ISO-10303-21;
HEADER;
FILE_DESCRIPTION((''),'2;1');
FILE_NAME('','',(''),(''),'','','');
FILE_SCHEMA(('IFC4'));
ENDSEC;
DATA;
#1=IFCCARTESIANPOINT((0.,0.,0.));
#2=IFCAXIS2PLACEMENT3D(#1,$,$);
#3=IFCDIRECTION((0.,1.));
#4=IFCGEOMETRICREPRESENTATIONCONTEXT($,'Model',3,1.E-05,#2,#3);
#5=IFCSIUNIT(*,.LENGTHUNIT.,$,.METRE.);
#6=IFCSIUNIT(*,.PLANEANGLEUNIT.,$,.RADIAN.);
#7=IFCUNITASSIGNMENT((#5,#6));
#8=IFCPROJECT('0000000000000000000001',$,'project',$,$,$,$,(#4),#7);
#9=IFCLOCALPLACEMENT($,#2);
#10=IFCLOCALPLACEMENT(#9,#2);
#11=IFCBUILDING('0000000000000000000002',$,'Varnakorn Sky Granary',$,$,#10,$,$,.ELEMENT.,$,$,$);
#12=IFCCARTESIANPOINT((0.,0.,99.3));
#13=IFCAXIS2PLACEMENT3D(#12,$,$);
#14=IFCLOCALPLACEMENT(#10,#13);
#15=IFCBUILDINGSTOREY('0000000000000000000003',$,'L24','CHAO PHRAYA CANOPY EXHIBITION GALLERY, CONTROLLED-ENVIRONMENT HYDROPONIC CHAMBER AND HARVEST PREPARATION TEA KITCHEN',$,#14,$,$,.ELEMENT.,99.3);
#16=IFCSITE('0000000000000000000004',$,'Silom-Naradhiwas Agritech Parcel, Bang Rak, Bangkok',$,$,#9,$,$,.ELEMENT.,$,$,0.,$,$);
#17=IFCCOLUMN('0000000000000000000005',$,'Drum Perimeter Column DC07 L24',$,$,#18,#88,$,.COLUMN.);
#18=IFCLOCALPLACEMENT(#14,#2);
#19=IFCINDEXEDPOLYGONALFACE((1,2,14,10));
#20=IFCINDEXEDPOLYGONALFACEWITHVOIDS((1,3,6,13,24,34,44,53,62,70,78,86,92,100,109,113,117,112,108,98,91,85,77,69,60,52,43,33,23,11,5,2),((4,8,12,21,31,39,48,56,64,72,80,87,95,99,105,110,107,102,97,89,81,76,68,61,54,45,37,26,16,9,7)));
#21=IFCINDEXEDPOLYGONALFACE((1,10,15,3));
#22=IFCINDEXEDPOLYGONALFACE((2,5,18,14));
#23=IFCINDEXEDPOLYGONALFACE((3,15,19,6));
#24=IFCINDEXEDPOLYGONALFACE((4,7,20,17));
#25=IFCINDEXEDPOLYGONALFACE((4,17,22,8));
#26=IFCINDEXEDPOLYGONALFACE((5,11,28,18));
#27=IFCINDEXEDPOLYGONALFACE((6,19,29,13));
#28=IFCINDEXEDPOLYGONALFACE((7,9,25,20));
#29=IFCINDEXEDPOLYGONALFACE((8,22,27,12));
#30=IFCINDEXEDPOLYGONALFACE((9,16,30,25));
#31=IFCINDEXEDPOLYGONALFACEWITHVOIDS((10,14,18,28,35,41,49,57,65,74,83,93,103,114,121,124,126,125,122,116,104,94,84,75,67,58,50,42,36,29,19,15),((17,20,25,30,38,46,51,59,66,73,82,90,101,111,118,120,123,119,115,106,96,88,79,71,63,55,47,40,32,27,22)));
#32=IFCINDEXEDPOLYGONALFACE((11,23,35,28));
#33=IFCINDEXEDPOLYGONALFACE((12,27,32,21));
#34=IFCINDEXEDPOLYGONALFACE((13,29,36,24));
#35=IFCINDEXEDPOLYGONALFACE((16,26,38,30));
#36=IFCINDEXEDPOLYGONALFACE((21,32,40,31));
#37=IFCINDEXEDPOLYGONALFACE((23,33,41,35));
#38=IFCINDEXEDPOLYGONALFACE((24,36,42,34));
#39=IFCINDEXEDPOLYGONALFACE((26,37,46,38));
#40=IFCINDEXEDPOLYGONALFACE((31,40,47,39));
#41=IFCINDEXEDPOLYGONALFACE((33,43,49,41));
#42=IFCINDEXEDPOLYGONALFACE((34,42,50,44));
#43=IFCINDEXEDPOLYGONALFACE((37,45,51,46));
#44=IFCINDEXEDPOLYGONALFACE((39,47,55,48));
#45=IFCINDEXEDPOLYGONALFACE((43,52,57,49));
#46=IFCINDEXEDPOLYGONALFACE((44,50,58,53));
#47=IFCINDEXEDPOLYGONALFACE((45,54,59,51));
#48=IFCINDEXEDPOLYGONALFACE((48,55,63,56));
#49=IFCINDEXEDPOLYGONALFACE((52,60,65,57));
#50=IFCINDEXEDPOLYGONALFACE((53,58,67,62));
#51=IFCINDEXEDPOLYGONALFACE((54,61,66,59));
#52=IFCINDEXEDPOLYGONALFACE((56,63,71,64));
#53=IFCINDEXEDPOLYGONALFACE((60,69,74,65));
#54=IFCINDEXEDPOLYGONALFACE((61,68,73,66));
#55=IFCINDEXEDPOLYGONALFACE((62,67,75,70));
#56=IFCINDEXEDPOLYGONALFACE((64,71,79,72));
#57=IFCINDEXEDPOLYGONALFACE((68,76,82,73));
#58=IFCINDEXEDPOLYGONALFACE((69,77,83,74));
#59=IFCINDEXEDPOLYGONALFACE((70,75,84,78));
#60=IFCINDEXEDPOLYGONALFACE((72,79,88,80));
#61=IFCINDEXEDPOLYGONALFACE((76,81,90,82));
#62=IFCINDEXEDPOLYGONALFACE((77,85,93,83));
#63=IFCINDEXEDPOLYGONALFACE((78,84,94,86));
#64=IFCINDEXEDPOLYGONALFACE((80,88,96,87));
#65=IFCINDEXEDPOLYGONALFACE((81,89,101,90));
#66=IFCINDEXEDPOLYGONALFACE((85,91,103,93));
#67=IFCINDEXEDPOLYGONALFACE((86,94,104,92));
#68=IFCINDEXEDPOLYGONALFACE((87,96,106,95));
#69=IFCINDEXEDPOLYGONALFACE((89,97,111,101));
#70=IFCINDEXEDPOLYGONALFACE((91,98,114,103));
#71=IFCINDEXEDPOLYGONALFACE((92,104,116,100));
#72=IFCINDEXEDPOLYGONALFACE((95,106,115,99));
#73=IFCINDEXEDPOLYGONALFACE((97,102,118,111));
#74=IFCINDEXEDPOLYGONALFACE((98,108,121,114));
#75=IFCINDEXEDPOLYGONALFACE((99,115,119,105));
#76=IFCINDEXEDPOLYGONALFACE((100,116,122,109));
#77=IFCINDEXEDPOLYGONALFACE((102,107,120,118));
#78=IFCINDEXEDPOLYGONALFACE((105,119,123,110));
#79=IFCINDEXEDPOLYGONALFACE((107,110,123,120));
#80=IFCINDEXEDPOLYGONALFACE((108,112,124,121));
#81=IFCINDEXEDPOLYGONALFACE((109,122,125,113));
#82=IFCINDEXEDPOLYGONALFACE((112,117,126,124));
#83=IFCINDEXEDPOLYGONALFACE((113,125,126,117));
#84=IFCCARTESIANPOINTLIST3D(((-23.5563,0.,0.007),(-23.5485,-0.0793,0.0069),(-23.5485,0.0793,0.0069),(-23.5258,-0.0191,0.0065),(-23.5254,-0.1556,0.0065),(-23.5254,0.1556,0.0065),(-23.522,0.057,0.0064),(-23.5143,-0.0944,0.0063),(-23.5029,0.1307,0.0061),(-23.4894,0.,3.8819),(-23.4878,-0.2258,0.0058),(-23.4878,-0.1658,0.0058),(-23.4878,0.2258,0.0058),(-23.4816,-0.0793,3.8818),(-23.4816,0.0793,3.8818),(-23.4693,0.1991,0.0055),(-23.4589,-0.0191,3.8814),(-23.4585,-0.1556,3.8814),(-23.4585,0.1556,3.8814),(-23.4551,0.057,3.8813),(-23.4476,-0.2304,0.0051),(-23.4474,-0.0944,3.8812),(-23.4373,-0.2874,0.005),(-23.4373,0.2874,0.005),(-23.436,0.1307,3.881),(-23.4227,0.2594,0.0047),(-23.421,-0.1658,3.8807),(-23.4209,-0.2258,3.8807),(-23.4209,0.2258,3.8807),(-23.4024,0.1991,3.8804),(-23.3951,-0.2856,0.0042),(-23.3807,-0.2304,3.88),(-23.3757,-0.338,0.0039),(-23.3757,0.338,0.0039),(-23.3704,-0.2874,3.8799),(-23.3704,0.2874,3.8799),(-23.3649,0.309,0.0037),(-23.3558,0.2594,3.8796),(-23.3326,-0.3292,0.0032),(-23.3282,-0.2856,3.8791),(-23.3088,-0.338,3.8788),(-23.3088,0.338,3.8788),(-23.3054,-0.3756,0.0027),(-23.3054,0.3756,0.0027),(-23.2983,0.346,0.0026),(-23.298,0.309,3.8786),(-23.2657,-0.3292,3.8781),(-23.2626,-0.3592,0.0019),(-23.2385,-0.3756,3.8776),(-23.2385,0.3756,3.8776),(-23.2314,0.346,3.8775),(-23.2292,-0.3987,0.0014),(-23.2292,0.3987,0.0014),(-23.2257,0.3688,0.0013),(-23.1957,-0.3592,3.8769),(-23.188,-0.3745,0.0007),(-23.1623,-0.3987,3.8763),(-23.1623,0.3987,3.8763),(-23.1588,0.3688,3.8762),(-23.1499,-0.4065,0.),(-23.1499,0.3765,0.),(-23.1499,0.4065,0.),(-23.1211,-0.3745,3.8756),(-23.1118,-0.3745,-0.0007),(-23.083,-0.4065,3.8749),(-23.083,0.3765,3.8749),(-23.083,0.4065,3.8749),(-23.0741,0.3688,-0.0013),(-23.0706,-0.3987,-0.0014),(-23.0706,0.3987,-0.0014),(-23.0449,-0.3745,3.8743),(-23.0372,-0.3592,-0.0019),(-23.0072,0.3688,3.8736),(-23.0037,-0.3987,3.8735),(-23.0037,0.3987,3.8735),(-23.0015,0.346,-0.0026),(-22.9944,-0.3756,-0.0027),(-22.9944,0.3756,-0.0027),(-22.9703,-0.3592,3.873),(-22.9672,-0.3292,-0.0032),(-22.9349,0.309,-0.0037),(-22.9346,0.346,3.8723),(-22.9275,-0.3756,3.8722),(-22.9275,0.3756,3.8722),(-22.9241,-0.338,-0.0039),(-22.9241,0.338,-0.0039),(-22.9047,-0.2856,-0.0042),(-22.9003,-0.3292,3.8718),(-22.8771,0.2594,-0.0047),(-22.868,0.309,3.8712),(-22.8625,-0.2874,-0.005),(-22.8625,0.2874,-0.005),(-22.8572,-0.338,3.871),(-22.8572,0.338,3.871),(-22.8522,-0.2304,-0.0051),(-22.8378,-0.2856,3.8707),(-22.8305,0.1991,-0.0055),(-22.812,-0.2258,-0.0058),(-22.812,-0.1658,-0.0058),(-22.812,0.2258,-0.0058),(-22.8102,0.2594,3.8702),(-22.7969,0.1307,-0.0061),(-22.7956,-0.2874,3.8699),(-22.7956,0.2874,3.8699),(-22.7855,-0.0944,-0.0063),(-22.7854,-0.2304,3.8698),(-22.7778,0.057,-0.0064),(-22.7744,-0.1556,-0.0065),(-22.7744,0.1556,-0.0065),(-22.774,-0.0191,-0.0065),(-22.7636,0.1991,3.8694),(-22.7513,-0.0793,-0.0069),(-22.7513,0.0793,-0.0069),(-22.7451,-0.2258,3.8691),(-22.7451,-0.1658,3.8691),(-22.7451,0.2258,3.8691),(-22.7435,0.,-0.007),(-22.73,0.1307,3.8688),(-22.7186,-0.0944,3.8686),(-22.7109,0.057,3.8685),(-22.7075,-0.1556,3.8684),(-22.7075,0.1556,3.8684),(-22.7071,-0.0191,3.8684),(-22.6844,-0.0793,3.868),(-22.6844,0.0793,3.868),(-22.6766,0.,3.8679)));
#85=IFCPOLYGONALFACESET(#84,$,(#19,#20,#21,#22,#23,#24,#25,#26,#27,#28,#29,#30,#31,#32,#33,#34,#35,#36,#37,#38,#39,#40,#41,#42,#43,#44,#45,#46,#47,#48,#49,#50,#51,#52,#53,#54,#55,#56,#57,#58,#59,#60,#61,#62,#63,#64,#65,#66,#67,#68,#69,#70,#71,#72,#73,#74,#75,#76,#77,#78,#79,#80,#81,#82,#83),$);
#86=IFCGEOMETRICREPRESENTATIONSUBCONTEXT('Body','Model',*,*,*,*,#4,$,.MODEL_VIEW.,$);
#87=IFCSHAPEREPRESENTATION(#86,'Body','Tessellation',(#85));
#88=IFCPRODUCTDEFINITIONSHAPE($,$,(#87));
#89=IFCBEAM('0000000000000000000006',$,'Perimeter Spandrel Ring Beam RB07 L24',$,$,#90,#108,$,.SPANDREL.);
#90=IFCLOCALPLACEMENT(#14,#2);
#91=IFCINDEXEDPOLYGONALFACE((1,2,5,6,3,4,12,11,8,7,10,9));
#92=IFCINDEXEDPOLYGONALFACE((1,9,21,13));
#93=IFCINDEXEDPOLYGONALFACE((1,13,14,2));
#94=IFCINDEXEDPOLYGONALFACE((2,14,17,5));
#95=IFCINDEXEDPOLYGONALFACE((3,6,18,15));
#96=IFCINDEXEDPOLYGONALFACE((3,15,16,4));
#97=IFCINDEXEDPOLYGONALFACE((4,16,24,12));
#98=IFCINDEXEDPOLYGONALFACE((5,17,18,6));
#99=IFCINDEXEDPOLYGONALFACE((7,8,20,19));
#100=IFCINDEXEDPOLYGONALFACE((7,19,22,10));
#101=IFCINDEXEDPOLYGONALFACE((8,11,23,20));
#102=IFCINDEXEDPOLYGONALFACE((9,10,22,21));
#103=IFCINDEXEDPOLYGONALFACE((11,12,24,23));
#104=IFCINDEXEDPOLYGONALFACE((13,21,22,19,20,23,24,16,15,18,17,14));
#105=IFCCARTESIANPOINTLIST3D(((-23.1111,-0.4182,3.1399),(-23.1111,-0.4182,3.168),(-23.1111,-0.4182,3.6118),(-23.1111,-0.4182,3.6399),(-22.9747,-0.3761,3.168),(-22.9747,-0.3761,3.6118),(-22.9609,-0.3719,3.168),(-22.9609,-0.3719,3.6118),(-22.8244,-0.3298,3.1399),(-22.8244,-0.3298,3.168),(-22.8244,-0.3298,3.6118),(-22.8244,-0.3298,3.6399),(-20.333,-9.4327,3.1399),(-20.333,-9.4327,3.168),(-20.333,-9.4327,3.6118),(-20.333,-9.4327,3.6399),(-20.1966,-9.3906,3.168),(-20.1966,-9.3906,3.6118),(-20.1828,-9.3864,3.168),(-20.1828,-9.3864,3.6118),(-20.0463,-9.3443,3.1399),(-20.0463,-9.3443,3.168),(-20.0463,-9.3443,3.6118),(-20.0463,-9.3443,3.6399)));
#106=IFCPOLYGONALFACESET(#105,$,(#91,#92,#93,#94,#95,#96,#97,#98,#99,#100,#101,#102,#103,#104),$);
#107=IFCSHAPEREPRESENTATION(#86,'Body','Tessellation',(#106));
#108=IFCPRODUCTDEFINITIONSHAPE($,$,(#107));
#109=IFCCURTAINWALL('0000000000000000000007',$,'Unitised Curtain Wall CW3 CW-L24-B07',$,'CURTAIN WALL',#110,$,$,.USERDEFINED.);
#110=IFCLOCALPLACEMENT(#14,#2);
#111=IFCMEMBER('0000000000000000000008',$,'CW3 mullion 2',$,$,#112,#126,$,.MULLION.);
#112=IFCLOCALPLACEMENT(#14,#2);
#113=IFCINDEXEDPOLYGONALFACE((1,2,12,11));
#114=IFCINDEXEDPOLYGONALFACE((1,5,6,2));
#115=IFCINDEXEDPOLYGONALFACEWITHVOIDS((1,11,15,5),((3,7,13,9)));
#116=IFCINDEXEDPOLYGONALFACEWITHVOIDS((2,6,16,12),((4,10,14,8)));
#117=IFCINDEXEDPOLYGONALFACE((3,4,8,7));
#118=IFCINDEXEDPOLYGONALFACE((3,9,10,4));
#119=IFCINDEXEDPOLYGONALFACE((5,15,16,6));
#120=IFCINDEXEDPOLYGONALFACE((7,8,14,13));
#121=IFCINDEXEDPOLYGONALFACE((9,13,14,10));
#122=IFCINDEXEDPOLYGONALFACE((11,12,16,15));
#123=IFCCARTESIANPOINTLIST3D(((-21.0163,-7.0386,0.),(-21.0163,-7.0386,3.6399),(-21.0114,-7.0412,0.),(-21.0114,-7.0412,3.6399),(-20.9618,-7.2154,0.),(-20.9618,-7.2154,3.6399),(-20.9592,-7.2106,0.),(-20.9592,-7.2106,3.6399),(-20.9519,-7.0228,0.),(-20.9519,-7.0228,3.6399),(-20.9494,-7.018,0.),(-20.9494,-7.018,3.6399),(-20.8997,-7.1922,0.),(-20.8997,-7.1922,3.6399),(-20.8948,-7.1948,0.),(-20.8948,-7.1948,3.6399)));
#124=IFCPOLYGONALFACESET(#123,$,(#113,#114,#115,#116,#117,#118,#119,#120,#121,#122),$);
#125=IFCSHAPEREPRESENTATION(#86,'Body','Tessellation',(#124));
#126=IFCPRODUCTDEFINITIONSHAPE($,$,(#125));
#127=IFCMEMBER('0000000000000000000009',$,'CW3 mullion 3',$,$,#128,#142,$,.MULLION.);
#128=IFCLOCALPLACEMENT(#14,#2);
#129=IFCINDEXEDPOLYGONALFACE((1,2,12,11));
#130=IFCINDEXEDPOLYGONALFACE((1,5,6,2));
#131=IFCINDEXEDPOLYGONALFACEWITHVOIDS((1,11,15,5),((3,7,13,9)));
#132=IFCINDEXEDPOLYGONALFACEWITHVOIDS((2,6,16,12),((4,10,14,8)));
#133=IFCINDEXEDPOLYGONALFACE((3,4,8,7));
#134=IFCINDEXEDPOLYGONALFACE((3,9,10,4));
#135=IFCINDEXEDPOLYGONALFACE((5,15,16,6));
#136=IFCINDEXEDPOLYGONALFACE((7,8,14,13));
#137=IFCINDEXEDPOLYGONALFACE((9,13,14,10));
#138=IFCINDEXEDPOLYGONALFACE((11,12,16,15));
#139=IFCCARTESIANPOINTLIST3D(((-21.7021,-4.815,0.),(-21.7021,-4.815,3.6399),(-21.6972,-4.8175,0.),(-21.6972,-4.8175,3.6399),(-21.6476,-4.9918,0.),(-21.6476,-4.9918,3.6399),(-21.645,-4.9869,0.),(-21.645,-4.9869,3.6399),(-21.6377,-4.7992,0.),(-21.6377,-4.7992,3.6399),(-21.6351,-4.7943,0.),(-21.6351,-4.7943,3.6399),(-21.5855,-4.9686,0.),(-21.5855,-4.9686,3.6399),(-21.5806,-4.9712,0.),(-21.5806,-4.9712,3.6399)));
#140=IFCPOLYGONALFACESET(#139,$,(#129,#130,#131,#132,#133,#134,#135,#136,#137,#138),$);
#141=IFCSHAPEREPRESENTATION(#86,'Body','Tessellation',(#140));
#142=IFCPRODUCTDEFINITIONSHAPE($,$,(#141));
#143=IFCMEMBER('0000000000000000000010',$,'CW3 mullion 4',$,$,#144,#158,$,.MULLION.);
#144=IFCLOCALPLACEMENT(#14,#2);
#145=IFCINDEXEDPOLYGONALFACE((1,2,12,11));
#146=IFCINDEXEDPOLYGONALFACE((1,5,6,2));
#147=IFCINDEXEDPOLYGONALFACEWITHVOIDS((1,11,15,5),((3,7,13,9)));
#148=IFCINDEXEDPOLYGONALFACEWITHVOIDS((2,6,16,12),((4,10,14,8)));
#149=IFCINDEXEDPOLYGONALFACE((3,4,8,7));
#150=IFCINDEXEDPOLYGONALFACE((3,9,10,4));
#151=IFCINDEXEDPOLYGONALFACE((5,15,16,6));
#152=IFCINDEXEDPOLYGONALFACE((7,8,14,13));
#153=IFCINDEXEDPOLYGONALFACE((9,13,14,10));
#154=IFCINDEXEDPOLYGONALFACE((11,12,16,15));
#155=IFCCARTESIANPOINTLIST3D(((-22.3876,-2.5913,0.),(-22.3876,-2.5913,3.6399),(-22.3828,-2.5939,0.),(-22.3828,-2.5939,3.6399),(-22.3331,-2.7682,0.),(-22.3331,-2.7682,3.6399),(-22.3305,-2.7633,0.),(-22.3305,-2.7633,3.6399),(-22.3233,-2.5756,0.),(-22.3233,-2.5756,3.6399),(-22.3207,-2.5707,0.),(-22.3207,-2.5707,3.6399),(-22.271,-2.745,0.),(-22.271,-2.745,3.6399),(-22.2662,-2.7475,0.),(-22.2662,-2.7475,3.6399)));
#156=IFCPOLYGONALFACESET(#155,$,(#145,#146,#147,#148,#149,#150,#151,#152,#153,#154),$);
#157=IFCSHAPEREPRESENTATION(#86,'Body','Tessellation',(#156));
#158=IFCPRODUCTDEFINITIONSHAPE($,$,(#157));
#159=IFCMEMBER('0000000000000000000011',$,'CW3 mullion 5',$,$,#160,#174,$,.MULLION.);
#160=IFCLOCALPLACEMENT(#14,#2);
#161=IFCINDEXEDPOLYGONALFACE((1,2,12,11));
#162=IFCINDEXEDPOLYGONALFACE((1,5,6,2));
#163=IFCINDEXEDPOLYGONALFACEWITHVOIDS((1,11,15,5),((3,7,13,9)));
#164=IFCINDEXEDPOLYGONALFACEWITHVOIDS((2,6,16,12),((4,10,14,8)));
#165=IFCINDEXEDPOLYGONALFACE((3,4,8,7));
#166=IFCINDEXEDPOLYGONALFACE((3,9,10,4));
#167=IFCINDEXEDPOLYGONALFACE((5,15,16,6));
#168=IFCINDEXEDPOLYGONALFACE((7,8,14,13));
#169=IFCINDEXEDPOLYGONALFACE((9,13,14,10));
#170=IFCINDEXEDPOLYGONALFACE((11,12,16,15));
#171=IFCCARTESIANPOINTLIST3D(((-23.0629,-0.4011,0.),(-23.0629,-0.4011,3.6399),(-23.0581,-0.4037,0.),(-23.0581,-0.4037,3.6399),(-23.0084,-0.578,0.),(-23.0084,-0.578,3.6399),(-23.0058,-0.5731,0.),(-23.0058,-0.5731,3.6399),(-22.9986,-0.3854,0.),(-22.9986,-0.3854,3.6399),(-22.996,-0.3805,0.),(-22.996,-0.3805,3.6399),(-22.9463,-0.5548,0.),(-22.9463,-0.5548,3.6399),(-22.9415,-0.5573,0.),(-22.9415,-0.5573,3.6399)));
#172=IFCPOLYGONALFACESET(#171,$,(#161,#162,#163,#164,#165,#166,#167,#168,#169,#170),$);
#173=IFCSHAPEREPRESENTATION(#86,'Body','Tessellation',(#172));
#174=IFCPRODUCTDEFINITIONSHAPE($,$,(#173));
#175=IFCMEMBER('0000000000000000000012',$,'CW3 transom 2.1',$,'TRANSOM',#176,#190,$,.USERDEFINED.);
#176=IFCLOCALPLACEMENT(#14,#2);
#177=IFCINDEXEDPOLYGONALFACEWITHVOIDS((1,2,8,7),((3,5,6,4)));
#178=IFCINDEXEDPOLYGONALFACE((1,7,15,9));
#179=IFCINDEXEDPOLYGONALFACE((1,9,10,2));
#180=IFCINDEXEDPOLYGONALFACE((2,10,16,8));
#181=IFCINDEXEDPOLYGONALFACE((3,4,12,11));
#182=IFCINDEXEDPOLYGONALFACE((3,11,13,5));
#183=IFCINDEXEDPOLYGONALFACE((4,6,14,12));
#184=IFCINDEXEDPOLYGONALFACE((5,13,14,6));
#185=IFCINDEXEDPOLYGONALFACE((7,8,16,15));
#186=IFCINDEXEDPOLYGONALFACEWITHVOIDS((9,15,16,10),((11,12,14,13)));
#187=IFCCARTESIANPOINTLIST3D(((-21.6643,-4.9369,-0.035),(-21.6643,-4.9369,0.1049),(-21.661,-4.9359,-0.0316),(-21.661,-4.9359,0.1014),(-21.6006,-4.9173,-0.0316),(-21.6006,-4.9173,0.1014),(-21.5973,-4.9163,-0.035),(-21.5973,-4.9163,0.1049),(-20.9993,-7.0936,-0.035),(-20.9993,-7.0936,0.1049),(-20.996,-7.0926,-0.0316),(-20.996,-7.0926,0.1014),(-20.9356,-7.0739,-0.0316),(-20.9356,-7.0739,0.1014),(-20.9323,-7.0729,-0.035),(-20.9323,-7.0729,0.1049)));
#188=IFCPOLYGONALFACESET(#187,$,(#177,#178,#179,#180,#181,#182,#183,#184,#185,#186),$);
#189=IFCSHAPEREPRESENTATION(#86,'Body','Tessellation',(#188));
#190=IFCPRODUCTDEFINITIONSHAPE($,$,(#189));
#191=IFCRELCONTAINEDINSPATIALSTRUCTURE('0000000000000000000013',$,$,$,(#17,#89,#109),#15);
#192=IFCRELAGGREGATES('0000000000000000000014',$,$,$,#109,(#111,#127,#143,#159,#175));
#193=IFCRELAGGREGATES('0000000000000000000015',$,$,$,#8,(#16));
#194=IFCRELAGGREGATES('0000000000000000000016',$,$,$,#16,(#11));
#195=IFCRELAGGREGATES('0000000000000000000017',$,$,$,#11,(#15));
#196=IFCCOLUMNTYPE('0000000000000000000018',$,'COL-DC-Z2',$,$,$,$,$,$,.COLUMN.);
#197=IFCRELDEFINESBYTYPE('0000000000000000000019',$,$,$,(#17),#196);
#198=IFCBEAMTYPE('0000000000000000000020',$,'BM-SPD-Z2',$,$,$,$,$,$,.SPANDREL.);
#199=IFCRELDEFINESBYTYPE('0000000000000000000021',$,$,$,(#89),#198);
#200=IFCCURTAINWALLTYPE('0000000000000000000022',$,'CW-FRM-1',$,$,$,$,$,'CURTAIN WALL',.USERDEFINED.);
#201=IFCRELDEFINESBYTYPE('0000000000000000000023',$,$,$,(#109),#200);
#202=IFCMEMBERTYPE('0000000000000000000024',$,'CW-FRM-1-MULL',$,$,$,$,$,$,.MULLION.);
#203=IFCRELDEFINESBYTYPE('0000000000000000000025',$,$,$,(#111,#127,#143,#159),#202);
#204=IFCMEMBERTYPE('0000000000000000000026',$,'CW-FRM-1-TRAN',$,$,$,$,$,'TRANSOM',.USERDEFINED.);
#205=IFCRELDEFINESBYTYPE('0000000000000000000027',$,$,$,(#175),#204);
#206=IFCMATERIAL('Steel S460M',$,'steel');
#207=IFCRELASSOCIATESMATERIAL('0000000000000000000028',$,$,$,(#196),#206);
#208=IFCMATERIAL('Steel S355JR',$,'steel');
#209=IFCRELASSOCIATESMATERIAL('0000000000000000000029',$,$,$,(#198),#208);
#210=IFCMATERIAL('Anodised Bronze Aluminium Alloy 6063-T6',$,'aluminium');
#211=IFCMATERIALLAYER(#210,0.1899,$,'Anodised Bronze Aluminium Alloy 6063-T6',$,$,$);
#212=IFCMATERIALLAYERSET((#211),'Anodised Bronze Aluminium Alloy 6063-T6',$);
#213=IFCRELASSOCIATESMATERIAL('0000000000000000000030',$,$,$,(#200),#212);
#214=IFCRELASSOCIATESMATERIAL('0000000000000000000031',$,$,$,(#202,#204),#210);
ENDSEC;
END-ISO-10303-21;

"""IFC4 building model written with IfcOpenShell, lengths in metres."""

from ifc_helpers import new_model, si_unit, direction, frame, origin, origin_2d, place, context, subcontext, project, spatial, hollow_rectangle, hollow_circle, i_section, extrude, material, layer, layer_set, material_profile, profile_set, type_object, element, aggregate, save


model = new_model("IFC4")

# Units and contexts
model_context = context("Model", 3, precision=1e-05, world=origin(), true_north=direction((0.0, 1.0)))
body_context = subcontext(model_context, "Body", "Model", "MODEL_VIEW")
ifc_project = project(units=[si_unit("LENGTHUNIT", "METRE"), si_unit("PLANEANGLEUNIT", "RADIAN")], contexts=[model_context])

# Site, building, storey
site_placement = place(None, origin())
site = spatial("IfcSite", under=ifc_project, at=site_placement, Name="Silom-Naradhiwas Agritech Parcel, Bang Rak, Bangkok", CompositionType="ELEMENT", RefElevation=0.0)
building_placement = place(site_placement, origin())
building = spatial("IfcBuilding", under=site, at=building_placement, Name="Varnakorn Sky Granary", CompositionType="ELEMENT")
storey_placement = place(building_placement, frame((0.0, 0.0, 99.3)))
storey = spatial("IfcBuildingStorey", under=building, at=storey_placement, Name="L24", Description="CHAO PHRAYA CANOPY EXHIBITION GALLERY, CONTROLLED-ENVIRONMENT HYDROPONIC CHAMBER AND HARVEST PREPARATION TEA KITCHEN", CompositionType="ELEMENT", Elevation=99.3)

# Column
ifc_material_1 = material(Name="Steel S460M", Category="steel")
ifc_material_profile_1 = material_profile(ifc_material_1, hollow_circle(Radius=0.4065, WallThickness=0.03, at=origin_2d()), Name="CHS 813x30")
ifc_profile_set_1 = profile_set([ifc_material_profile_1], Name="Steel S460M")
column_type = type_object("IfcColumnType", Name="COL-DC-Z2", PredefinedType="COLUMN", material=ifc_profile_set_1)
column_placement = place(storey_placement, frame((-23.1499, 0.0, 0.0), z_axis=(0.017261, 0.0, 0.999851), x_axis=(0.0, 1.0, 0.0)))
element("IfcColumn", 1, at=column_placement, inside=storey, type_object=column_type, Name="Drum Perimeter Column DC07 L24", PredefinedType="COLUMN", context=body_context, shape_type="SweptSolid", body=[
    extrude(hollow_circle(Radius=0.4065, WallThickness=0.03, at=origin_2d()), origin(), (0.0, 0.0, 1.0), 3.8755),
])

# Beam
ifc_material_2 = material(Name="Steel S355JR", Category="steel")
ifc_material_profile_2 = material_profile(ifc_material_2, i_section(OverallWidth=0.3, OverallDepth=0.5, WebThickness=0.0144, FlangeThickness=0.0281, at=origin_2d()), Name="HE 500 B")
ifc_profile_set_2 = profile_set([ifc_material_profile_2], Name="Steel S355JR")
beam_type = type_object("IfcBeamType", Name="BM-SPD-Z2", PredefinedType="SPANDREL", material=ifc_profile_set_2)
beam_placement = place(storey_placement, frame((-22.9678, -0.374, 3.3899), z_axis=(0.294513, -0.955647, 0.0), x_axis=(0.955647, 0.294513, 0.0)))
element("IfcBeam", 2, at=beam_placement, inside=storey, type_object=beam_type, Name="Perimeter Spandrel Ring Beam RB07 L24", PredefinedType="SPANDREL", context=body_context, shape_type="SweptSolid", body=[
    extrude(i_section(OverallWidth=0.3, OverallDepth=0.5, WebThickness=0.0144, FlangeThickness=0.0281, at=origin_2d()), origin(), (0.0, 0.0, 1.0), 9.4329),
])

# Curtain wall, members
ifc_material_3 = material(Name="Anodised Bronze Aluminium Alloy 6063-T6", Category="aluminium")
ifc_layer_1 = layer(ifc_material_3, 0.1899, Name="Anodised Bronze Aluminium Alloy 6063-T6")
ifc_layer_set_1 = layer_set([ifc_layer_1], Name="Anodised Bronze Aluminium Alloy 6063-T6")
curtain_wall_type = type_object("IfcCurtainWallType", Name="CW-FRM-1", ElementType="CURTAIN WALL", PredefinedType="USERDEFINED", material=ifc_layer_set_1)
curtain_wall_placement = place(storey_placement, origin())
curtain_wall = element("IfcCurtainWall", 3, at=curtain_wall_placement, inside=storey, type_object=curtain_wall_type, Name="Unitised Curtain Wall CW3 CW-L24-B07", ObjectType="CURTAIN WALL", PredefinedType="USERDEFINED")
ifc_material_profile_3 = material_profile(ifc_material_3, hollow_rectangle(XDim=0.0701, YDim=0.1851, WallThickness=0.0039, at=origin_2d()), Name="ALU MULL 70x185")
ifc_profile_set_3 = profile_set([ifc_material_profile_3], Name="Anodised Bronze Aluminium Alloy 6063-T6")
member_type_1 = type_object("IfcMemberType", Name="CW-FRM-1-MULL", PredefinedType="MULLION", material=ifc_profile_set_3)
member_1_placement = place(storey_placement, frame((-20.9556, -7.1167, 0.0), z_axis=(0.0, 0.0, 1.0), x_axis=(-0.955605, -0.294651, 0.0)))
member_1 = element("IfcMember", 4, at=member_1_placement, type_object=member_type_1, Name="CW3 mullion 2", PredefinedType="MULLION", context=body_context, shape_type="SweptSolid", body=[
    extrude(hollow_rectangle(XDim=0.0701, YDim=0.1851, WallThickness=0.0039, at=origin_2d()), origin(), (0.0, 0.0, 1.0), 3.6399),
])
member_2_placement = place(storey_placement, frame((-21.6414, -4.8931, 0.0), z_axis=(0.0, 0.0, 1.0), x_axis=(-0.955605, -0.294651, 0.0)))
member_2 = element("IfcMember", 5, at=member_2_placement, type_object=member_type_1, Name="CW3 mullion 3", PredefinedType="MULLION", context=body_context, shape_type="SweptSolid", body=[
    extrude(hollow_rectangle(XDim=0.0701, YDim=0.1851, WallThickness=0.0039, at=origin_2d()), origin(), (0.0, 0.0, 1.0), 3.6399),
])
member_3_placement = place(storey_placement, frame((-22.3269, -2.6694, 0.0), z_axis=(0.0, 0.0, 1.0), x_axis=(-0.955605, -0.294651, 0.0)))
member_3 = element("IfcMember", 6, at=member_3_placement, type_object=member_type_1, Name="CW3 mullion 4", PredefinedType="MULLION", context=body_context, shape_type="SweptSolid", body=[
    extrude(hollow_rectangle(XDim=0.0701, YDim=0.1851, WallThickness=0.0039, at=origin_2d()), origin(), (0.0, 0.0, 1.0), 3.6399),
])
member_4_placement = place(storey_placement, frame((-23.0022, -0.4792, 0.0), z_axis=(0.0, 0.0, 1.0), x_axis=(-0.955605, -0.294651, 0.0)))
member_4 = element("IfcMember", 7, at=member_4_placement, type_object=member_type_1, Name="CW3 mullion 5", PredefinedType="MULLION", context=body_context, shape_type="SweptSolid", body=[
    extrude(hollow_rectangle(XDim=0.0701, YDim=0.1851, WallThickness=0.0039, at=origin_2d()), origin(), (0.0, 0.0, 1.0), 3.6399),
])
ifc_material_profile_4 = material_profile(ifc_material_3, hollow_rectangle(XDim=0.0701, YDim=0.1399, WallThickness=0.0034, at=origin_2d()), Name="ALU TRAN 70x140")
ifc_profile_set_4 = profile_set([ifc_material_profile_4], Name="Anodised Bronze Aluminium Alloy 6063-T6")
member_type_2 = type_object("IfcMemberType", Name="CW-FRM-1-TRAN", ElementType="TRANSOM", PredefinedType="USERDEFINED", material=ifc_profile_set_4)
member_5_placement = place(storey_placement, frame((-20.9658, -7.0833, 0.0349), z_axis=(-0.294663, 0.955601, 0.0), x_axis=(-0.955601, -0.294663, 0.0)))
member_5 = element("IfcMember", 8, at=member_5_placement, type_object=member_type_2, Name="CW3 transom 2.1", ObjectType="TRANSOM", PredefinedType="USERDEFINED", context=body_context, shape_type="SweptSolid", body=[
    extrude(hollow_rectangle(XDim=0.0701, YDim=0.1399, WallThickness=0.0034, at=origin_2d()), origin(), (0.0, 0.0, 1.0), 2.2568),
])

aggregate(curtain_wall, [member_1, member_2, member_3, member_4, member_5])

save(model, "model.ifc")
